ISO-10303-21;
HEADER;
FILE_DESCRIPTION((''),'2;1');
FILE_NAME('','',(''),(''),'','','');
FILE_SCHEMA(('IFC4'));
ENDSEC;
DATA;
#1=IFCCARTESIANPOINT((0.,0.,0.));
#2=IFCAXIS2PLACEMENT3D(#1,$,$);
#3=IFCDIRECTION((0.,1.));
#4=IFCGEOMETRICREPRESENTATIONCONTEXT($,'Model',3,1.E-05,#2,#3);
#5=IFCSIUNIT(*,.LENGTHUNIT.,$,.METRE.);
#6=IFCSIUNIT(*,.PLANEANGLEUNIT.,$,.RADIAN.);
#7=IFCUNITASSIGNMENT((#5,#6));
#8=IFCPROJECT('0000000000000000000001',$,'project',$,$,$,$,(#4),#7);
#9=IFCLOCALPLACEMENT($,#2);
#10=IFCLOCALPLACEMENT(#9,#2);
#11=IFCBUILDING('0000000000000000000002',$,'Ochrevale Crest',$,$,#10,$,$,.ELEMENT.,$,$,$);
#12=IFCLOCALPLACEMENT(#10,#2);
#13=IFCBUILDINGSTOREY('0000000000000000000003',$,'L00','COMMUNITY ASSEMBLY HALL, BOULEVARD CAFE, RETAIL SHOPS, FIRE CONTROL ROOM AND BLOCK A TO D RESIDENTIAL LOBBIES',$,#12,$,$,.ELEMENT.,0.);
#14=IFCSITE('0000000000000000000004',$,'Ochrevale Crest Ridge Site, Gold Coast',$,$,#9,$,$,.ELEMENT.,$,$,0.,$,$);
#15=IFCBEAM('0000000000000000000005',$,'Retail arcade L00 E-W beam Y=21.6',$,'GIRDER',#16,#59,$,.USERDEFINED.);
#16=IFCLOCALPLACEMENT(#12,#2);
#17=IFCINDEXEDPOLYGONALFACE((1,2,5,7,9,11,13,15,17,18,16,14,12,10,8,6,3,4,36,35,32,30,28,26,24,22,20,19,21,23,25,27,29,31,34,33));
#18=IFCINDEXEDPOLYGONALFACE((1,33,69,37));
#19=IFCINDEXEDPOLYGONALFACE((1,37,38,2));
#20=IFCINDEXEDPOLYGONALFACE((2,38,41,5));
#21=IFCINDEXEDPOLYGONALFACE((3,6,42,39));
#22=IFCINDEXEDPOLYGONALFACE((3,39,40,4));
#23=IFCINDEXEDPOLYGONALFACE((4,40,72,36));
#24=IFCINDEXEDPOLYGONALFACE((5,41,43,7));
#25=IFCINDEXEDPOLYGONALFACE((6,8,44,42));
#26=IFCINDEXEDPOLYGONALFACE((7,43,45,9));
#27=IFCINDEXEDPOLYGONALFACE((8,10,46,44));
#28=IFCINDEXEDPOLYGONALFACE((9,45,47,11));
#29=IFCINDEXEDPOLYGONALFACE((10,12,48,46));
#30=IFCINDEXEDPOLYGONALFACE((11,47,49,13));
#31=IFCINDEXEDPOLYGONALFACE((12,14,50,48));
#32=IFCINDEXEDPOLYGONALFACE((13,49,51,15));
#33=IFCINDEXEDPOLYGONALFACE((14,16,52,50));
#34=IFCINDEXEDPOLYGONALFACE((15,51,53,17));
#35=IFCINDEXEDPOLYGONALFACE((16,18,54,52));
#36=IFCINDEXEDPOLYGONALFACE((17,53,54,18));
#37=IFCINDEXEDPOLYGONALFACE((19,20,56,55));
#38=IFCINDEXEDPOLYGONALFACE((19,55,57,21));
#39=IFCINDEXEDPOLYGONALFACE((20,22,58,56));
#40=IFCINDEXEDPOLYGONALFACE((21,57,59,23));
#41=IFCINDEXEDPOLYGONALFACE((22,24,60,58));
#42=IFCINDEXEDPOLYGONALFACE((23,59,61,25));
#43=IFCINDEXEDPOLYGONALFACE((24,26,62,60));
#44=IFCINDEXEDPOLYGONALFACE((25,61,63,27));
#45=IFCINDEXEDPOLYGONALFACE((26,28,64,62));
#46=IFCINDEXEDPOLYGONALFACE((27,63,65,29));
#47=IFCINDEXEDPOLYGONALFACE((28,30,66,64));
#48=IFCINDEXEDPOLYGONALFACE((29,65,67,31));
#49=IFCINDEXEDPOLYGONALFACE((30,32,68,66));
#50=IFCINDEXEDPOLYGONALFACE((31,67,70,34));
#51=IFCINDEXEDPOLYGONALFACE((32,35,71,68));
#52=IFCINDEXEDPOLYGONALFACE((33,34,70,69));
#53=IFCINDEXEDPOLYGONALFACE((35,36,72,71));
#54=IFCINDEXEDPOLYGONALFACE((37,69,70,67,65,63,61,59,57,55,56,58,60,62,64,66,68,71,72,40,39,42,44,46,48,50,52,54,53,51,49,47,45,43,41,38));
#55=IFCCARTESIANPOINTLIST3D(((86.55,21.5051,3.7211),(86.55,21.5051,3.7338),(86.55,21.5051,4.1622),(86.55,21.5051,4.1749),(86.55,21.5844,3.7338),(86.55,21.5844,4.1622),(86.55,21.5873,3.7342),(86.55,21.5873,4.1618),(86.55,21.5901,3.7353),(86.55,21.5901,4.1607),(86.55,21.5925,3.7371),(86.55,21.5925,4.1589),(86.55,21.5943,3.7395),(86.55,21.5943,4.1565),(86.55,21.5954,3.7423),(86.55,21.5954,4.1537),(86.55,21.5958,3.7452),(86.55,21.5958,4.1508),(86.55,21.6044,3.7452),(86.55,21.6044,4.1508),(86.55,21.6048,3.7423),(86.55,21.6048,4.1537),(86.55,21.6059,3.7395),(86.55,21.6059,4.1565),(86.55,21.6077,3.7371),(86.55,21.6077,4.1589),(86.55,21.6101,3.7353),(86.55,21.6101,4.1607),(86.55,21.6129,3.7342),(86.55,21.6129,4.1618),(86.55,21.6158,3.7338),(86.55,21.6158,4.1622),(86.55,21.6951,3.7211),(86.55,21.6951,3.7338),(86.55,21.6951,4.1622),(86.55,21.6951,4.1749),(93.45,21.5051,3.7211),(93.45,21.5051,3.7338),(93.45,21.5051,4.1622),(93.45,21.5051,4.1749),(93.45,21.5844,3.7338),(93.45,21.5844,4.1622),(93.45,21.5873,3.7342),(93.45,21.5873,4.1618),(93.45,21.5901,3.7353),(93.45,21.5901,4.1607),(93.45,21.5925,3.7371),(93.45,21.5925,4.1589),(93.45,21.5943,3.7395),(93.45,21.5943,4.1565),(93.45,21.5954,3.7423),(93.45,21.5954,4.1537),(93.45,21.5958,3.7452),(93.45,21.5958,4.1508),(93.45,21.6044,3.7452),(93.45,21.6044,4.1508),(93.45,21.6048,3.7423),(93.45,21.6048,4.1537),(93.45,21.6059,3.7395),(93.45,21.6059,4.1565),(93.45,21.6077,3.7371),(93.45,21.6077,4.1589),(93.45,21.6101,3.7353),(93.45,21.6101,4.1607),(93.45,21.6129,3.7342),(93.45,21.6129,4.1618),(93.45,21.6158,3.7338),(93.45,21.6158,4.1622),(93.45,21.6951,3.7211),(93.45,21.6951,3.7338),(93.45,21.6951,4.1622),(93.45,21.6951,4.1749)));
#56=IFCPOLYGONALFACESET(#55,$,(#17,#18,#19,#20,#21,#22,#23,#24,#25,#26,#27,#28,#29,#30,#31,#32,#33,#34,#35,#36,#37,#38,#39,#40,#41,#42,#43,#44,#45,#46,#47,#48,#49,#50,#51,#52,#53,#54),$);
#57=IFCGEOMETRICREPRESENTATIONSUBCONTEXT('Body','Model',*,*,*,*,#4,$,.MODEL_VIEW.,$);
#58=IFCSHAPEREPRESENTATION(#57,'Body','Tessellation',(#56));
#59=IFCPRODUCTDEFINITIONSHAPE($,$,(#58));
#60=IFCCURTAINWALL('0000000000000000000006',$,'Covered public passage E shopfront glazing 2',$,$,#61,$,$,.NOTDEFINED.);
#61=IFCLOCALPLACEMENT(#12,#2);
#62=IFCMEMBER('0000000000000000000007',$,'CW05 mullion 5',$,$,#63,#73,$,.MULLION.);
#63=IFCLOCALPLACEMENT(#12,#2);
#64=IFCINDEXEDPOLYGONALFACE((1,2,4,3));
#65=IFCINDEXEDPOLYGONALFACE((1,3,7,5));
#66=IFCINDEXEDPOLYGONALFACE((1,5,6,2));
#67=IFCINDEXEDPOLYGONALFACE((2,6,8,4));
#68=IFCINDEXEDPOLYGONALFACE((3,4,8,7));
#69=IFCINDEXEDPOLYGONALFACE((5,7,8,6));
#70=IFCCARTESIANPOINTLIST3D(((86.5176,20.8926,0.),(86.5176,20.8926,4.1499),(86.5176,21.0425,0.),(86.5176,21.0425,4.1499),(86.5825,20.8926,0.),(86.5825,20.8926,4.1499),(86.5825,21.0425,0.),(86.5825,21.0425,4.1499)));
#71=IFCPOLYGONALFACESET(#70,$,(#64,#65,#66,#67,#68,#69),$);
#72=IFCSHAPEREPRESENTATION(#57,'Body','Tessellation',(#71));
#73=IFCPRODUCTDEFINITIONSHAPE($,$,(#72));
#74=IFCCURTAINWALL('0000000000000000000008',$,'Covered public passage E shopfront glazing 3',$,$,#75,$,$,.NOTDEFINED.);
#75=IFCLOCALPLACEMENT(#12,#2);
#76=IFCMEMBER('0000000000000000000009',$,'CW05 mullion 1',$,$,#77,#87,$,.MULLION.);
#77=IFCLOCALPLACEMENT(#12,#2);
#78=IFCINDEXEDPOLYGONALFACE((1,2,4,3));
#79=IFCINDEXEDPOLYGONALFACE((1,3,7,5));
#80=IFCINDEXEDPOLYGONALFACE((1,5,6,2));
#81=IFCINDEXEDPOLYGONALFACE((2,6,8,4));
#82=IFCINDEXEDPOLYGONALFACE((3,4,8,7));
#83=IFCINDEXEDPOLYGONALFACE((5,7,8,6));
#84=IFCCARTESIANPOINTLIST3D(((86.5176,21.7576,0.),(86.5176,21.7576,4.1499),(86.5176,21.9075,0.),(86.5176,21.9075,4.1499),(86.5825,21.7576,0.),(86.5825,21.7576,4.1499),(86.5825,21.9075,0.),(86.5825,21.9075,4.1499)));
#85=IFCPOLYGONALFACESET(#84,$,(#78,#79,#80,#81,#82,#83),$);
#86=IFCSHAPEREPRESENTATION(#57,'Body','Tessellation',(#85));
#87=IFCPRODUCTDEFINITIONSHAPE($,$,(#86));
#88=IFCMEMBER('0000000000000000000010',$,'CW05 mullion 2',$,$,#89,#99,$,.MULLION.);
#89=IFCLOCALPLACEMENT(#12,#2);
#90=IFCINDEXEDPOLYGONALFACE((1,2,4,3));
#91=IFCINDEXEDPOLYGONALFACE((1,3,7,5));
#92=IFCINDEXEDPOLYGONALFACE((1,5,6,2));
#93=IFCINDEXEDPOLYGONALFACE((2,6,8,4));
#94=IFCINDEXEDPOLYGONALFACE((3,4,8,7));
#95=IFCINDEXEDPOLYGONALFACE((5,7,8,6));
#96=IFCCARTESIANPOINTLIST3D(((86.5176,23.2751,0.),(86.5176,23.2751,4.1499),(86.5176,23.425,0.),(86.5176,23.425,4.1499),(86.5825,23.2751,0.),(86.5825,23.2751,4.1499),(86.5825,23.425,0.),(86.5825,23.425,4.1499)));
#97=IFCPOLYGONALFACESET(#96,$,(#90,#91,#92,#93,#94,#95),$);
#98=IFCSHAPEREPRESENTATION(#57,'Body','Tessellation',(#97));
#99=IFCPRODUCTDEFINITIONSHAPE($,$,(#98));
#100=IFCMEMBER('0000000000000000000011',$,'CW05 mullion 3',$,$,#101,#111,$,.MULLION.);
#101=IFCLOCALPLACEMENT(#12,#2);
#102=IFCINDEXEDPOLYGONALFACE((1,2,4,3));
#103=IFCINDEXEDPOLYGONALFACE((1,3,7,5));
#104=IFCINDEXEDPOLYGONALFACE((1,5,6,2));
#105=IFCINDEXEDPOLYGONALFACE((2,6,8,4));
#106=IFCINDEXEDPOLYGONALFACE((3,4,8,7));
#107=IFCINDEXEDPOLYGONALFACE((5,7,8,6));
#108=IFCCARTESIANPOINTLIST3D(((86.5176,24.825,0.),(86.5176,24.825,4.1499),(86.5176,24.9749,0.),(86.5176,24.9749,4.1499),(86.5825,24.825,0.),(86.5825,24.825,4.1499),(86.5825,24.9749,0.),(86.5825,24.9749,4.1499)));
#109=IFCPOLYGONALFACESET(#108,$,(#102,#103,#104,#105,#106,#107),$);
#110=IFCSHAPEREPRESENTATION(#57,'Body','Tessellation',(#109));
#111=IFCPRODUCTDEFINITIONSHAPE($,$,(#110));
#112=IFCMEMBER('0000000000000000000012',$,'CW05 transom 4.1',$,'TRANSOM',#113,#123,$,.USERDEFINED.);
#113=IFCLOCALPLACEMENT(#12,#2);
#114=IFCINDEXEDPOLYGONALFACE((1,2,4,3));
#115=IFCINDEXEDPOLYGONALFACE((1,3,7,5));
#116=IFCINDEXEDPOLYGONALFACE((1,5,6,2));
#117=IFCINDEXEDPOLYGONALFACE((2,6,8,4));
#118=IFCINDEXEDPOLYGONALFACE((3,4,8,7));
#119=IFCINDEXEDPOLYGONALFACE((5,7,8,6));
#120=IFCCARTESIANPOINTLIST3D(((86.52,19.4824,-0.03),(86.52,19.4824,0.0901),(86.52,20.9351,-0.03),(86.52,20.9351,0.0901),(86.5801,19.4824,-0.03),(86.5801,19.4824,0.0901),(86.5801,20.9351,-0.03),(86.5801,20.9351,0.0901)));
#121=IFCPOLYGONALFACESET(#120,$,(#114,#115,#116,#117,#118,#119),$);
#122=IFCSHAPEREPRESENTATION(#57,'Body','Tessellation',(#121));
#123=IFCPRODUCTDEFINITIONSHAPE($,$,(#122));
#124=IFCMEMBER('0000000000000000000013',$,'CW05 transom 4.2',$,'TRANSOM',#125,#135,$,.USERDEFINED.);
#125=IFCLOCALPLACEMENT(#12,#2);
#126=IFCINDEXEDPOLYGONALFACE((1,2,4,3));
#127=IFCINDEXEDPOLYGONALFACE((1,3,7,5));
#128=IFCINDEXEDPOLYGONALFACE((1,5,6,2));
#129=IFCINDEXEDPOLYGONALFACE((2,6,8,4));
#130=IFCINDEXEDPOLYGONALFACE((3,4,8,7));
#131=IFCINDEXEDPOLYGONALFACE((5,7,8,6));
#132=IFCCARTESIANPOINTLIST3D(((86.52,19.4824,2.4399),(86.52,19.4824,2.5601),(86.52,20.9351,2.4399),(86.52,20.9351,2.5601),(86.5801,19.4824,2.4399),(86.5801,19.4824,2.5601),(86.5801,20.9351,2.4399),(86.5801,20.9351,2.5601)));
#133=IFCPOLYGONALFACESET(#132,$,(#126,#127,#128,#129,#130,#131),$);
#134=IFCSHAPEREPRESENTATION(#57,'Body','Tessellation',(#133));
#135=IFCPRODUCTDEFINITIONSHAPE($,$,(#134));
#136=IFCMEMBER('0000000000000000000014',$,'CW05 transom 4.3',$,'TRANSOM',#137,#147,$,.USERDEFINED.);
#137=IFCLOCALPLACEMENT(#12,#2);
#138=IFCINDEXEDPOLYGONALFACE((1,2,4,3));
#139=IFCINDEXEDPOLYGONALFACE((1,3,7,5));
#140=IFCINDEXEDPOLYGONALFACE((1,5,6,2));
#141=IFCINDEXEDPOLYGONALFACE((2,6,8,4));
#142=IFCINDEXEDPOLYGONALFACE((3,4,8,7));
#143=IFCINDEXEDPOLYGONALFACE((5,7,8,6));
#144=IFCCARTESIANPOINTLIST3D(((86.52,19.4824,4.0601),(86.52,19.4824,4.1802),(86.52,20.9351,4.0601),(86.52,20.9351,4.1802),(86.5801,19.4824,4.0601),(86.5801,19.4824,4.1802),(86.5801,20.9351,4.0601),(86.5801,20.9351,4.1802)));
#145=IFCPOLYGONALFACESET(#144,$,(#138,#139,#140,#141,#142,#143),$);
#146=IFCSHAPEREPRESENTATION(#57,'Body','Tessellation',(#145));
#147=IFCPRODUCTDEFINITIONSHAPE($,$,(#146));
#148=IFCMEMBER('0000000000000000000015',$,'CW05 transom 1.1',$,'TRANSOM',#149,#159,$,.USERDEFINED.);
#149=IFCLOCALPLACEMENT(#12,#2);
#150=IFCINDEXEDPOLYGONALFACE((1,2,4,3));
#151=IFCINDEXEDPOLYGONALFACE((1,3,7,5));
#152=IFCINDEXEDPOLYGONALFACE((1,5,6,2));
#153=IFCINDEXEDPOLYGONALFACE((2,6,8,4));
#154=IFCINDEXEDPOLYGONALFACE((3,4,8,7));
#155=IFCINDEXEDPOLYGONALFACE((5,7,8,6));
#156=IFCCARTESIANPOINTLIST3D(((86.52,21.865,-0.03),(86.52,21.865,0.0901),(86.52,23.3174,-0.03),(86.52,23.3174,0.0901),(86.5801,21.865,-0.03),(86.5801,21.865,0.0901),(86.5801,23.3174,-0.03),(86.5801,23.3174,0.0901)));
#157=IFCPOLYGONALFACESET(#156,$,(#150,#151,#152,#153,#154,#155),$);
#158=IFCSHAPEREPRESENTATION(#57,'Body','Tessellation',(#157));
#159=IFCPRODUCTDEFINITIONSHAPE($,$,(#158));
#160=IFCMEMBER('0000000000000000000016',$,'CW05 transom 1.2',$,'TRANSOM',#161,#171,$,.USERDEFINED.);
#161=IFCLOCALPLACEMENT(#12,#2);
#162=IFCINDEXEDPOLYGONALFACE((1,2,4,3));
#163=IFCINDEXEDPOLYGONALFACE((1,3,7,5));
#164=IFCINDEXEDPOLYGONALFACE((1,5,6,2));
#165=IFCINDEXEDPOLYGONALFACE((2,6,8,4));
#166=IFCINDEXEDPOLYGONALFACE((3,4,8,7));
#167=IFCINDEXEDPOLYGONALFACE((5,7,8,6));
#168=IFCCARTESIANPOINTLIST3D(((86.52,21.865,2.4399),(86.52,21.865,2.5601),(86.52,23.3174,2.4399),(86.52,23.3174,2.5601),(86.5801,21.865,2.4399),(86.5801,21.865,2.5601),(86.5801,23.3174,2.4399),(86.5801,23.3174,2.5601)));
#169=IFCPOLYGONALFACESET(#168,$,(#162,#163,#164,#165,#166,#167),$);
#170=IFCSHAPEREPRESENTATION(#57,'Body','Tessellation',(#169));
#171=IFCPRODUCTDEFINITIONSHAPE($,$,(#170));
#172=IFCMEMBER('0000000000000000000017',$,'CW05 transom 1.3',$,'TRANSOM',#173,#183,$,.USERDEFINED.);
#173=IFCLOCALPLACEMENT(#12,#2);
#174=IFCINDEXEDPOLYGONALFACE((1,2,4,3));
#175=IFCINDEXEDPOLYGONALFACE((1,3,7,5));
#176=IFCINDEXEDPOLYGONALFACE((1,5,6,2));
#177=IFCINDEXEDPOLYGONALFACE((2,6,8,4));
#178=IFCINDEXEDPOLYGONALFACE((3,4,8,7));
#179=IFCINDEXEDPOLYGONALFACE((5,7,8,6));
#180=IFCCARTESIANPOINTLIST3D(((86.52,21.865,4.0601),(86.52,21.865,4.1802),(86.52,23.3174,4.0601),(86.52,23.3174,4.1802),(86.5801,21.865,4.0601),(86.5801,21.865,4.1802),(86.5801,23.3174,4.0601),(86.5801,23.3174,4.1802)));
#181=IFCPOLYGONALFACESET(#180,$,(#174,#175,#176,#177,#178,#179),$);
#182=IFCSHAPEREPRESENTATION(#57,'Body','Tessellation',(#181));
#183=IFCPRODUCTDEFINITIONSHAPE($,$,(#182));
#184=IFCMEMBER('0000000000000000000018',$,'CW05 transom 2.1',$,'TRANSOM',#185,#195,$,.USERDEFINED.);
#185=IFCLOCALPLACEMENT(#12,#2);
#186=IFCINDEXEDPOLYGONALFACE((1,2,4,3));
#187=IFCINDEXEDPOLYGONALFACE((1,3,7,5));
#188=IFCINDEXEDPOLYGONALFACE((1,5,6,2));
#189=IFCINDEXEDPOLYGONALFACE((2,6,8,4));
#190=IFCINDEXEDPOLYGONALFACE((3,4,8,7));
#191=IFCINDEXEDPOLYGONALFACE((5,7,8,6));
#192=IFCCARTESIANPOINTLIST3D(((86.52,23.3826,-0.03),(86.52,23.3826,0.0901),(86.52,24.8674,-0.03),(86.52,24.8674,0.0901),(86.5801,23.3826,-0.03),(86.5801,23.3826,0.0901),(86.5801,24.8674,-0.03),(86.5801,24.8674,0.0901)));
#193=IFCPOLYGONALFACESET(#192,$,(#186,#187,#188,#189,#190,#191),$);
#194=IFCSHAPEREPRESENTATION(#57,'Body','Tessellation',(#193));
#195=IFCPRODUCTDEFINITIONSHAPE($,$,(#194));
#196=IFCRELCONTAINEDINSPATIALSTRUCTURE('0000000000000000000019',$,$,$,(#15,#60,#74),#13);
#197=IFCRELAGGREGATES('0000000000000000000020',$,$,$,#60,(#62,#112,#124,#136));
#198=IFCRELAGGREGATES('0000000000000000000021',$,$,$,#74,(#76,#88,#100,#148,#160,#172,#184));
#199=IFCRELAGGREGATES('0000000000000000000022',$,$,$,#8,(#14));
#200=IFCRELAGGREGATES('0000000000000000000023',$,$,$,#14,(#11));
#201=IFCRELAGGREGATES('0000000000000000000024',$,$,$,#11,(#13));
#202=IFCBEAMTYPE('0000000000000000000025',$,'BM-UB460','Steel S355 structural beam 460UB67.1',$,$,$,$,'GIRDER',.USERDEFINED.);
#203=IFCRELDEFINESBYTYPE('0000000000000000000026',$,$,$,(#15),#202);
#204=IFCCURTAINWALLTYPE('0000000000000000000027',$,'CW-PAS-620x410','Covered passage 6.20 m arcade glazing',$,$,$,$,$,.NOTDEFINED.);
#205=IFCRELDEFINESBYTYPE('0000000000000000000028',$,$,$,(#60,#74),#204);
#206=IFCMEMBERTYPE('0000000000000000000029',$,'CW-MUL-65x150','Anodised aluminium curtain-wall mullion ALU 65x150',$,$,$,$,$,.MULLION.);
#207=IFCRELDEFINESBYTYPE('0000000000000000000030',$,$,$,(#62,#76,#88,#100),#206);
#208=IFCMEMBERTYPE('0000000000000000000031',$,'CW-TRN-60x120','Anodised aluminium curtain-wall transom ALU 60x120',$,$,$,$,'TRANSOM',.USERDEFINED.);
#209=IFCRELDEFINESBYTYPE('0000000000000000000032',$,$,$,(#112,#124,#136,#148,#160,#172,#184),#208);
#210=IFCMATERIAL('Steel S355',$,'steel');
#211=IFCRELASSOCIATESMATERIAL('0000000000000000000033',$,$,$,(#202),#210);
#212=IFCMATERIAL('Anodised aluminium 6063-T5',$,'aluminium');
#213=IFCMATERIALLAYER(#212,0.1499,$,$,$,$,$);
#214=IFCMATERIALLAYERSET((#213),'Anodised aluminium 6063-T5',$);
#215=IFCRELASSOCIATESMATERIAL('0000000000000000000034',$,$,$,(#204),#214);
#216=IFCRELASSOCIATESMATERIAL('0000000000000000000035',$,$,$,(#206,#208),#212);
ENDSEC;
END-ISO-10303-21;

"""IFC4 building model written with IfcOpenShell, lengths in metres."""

from ifc_helpers import new_model, si_unit, direction, frame, origin, origin_2d, place, context, subcontext, project, spatial, rectangle, i_section, extrude, material, layer, layer_set, material_profile, profile_set, type_object, element, aggregate, save


model = new_model("IFC4")

# Units and contexts
model_context = context("Model", 3, precision=1e-05, world=origin(), true_north=direction((0.0, 1.0)))
body_context = subcontext(model_context, "Body", "Model", "MODEL_VIEW")
ifc_project = project(units=[si_unit("LENGTHUNIT", "METRE"), si_unit("PLANEANGLEUNIT", "RADIAN")], contexts=[model_context])

# Site, building, storey
site_placement = place(None, origin())
site = spatial("IfcSite", under=ifc_project, at=site_placement, Name="Ochrevale Crest Ridge Site, Gold Coast", CompositionType="ELEMENT", RefElevation=0.0)
building_placement = place(site_placement, origin())
building = spatial("IfcBuilding", under=site, at=building_placement, Name="Ochrevale Crest", CompositionType="ELEMENT")
storey_placement = place(building_placement, origin())
storey = spatial("IfcBuildingStorey", under=building, at=storey_placement, Name="L00", Description="COMMUNITY ASSEMBLY HALL, BOULEVARD CAFE, RETAIL SHOPS, FIRE CONTROL ROOM AND BLOCK A TO D RESIDENTIAL LOBBIES", CompositionType="ELEMENT", Elevation=0.0)

# Beam
ifc_material_1 = material(Name="Steel S355", Category="steel")
ifc_material_profile_1 = material_profile(ifc_material_1, i_section(OverallWidth=0.1899, OverallDepth=0.4539, WebThickness=0.0085, FlangeThickness=0.0127, FilletRadius=0.0115, at=origin_2d()), Name="460UB67.1")
ifc_profile_set_1 = profile_set([ifc_material_profile_1], Name="Steel S355")
beam_type = type_object("IfcBeamType", Name="BM-UB460", Description="Steel S355 structural beam 460UB67.1", ElementType="GIRDER", PredefinedType="USERDEFINED", material=ifc_profile_set_1)
beam_placement = place(storey_placement, frame((86.55, 21.6001, 3.948), z_axis=(1.0, 0.0, 0.0), x_axis=(0.0, 1.0, 0.0)))
element("IfcBeam", 1, at=beam_placement, inside=storey, type_object=beam_type, Name="Retail arcade L00 E-W beam Y=21.6", ObjectType="GIRDER", PredefinedType="USERDEFINED", context=body_context, shape_type="SweptSolid", body=[
    extrude(i_section(OverallWidth=0.1899, OverallDepth=0.4539, WebThickness=0.0085, FlangeThickness=0.0127, FilletRadius=0.0115, at=origin_2d()), origin(), (0.0, 0.0, 1.0), 6.8999),
])

# Curtain wall, member
ifc_material_2 = material(Name="Anodised aluminium 6063-T5", Category="aluminium")
ifc_layer_1 = layer(ifc_material_2, 0.1499)
ifc_layer_set_1 = layer_set([ifc_layer_1], Name="Anodised aluminium 6063-T5")
curtain_wall_type = type_object("IfcCurtainWallType", Name="CW-PAS-620x410", Description="Covered passage 6.20 m arcade glazing", PredefinedType="NOTDEFINED", material=ifc_layer_set_1)
curtain_wall_1_placement = place(storey_placement, origin())
curtain_wall_1 = element("IfcCurtainWall", 2, at=curtain_wall_1_placement, inside=storey, type_object=curtain_wall_type, Name="Covered public passage E shopfront glazing 2", PredefinedType="NOTDEFINED")
ifc_material_profile_2 = material_profile(ifc_material_2, rectangle(XDim=0.0649, YDim=0.1499, at=origin_2d()), Name="ALU 65x150")
ifc_profile_set_2 = profile_set([ifc_material_profile_2], Name="Anodised aluminium 6063-T5")
member_type_1 = type_object("IfcMemberType", Name="CW-MUL-65x150", Description="Anodised aluminium curtain-wall mullion ALU 65x150", PredefinedType="MULLION", material=ifc_profile_set_2)
member_1_placement = place(storey_placement, frame((86.55, 20.9675, 0.0), z_axis=(0.0, 0.0, 1.0), x_axis=(-1.0, 0.0, 0.0)))
member_1 = element("IfcMember", 3, at=member_1_placement, type_object=member_type_1, Name="CW05 mullion 5", PredefinedType="MULLION", context=body_context, shape_type="SweptSolid", body=[
    extrude(rectangle(XDim=0.0649, YDim=0.1499, at=origin_2d()), origin(), (0.0, 0.0, 1.0), 4.1499),
])

# Curtain wall, members
curtain_wall_2_placement = place(storey_placement, origin())
curtain_wall_2 = element("IfcCurtainWall", 4, at=curtain_wall_2_placement, inside=storey, type_object=curtain_wall_type, Name="Covered public passage E shopfront glazing 3", PredefinedType="NOTDEFINED")
member_2_placement = place(storey_placement, frame((86.55, 21.8325, 0.0), z_axis=(0.0, 0.0, 1.0), x_axis=(-1.0, 0.0, 0.0)))
member_2 = element("IfcMember", 5, at=member_2_placement, type_object=member_type_1, Name="CW05 mullion 1", PredefinedType="MULLION", context=body_context, shape_type="SweptSolid", body=[
    extrude(rectangle(XDim=0.0649, YDim=0.1499, at=origin_2d()), origin(), (0.0, 0.0, 1.0), 4.1499),
])
member_3_placement = place(storey_placement, frame((86.55, 23.3501, 0.0), z_axis=(0.0, 0.0, 1.0), x_axis=(-1.0, 0.0, 0.0)))
member_3 = element("IfcMember", 6, at=member_3_placement, type_object=member_type_1, Name="CW05 mullion 2", PredefinedType="MULLION", context=body_context, shape_type="SweptSolid", body=[
    extrude(rectangle(XDim=0.0649, YDim=0.1499, at=origin_2d()), origin(), (0.0, 0.0, 1.0), 4.1499),
])
member_4_placement = place(storey_placement, frame((86.55, 24.8999, 0.0), z_axis=(0.0, 0.0, 1.0), x_axis=(-1.0, 0.0, 0.0)))
member_4 = element("IfcMember", 7, at=member_4_placement, type_object=member_type_1, Name="CW05 mullion 3", PredefinedType="MULLION", context=body_context, shape_type="SweptSolid", body=[
    extrude(rectangle(XDim=0.0649, YDim=0.1499, at=origin_2d()), origin(), (0.0, 0.0, 1.0), 4.1499),
])

# Members
ifc_material_profile_3 = material_profile(ifc_material_2, rectangle(XDim=0.0601, YDim=0.1201, at=origin_2d()), Name="ALU 60x120")
ifc_profile_set_3 = profile_set([ifc_material_profile_3], Name="Anodised aluminium 6063-T5")
member_type_2 = type_object("IfcMemberType", Name="CW-TRN-60x120", Description="Anodised aluminium curtain-wall transom ALU 60x120", ElementType="TRANSOM", PredefinedType="USERDEFINED", material=ifc_profile_set_3)
member_5_placement = place(storey_placement, frame((86.55, 19.4824, 0.03), z_axis=(0.0, 1.0, 0.0), x_axis=(-1.0, 0.0, 0.0)))
member_5 = element("IfcMember", 8, at=member_5_placement, type_object=member_type_2, Name="CW05 transom 4.1", ObjectType="TRANSOM", PredefinedType="USERDEFINED", context=body_context, shape_type="SweptSolid", body=[
    extrude(rectangle(XDim=0.0601, YDim=0.1201, at=origin_2d()), origin(), (0.0, 0.0, 1.0), 1.4526),
])
member_6_placement = place(storey_placement, frame((86.55, 19.4824, 2.5), z_axis=(0.0, 1.0, 0.0), x_axis=(-1.0, 0.0, 0.0)))
member_6 = element("IfcMember", 9, at=member_6_placement, type_object=member_type_2, Name="CW05 transom 4.2", ObjectType="TRANSOM", PredefinedType="USERDEFINED", context=body_context, shape_type="SweptSolid", body=[
    extrude(rectangle(XDim=0.0601, YDim=0.1201, at=origin_2d()), origin(), (0.0, 0.0, 1.0), 1.4526),
])
member_7_placement = place(storey_placement, frame((86.55, 19.4824, 4.1201), z_axis=(0.0, 1.0, 0.0), x_axis=(-1.0, 0.0, 0.0)))
member_7 = element("IfcMember", 10, at=member_7_placement, type_object=member_type_2, Name="CW05 transom 4.3", ObjectType="TRANSOM", PredefinedType="USERDEFINED", context=body_context, shape_type="SweptSolid", body=[
    extrude(rectangle(XDim=0.0601, YDim=0.1201, at=origin_2d()), origin(), (0.0, 0.0, 1.0), 1.4526),
])
member_8_placement = place(storey_placement, frame((86.55, 21.865, 0.03), z_axis=(0.0, 1.0, 0.0), x_axis=(-1.0, 0.0, 0.0)))
member_8 = element("IfcMember", 11, at=member_8_placement, type_object=member_type_2, Name="CW05 transom 1.1", ObjectType="TRANSOM", PredefinedType="USERDEFINED", context=body_context, shape_type="SweptSolid", body=[
    extrude(rectangle(XDim=0.0601, YDim=0.1201, at=origin_2d()), origin(), (0.0, 0.0, 1.0), 1.4524),
])
member_9_placement = place(storey_placement, frame((86.55, 21.865, 2.5), z_axis=(0.0, 1.0, 0.0), x_axis=(-1.0, 0.0, 0.0)))
member_9 = element("IfcMember", 12, at=member_9_placement, type_object=member_type_2, Name="CW05 transom 1.2", ObjectType="TRANSOM", PredefinedType="USERDEFINED", context=body_context, shape_type="SweptSolid", body=[
    extrude(rectangle(XDim=0.0601, YDim=0.1201, at=origin_2d()), origin(), (0.0, 0.0, 1.0), 1.4524),
])
member_10_placement = place(storey_placement, frame((86.55, 21.865, 4.1201), z_axis=(0.0, 1.0, 0.0), x_axis=(-1.0, 0.0, 0.0)))
member_10 = element("IfcMember", 13, at=member_10_placement, type_object=member_type_2, Name="CW05 transom 1.3", ObjectType="TRANSOM", PredefinedType="USERDEFINED", context=body_context, shape_type="SweptSolid", body=[
    extrude(rectangle(XDim=0.0601, YDim=0.1201, at=origin_2d()), origin(), (0.0, 0.0, 1.0), 1.4524),
])
member_11_placement = place(storey_placement, frame((86.55, 23.3826, 0.03), z_axis=(0.0, 1.0, 0.0), x_axis=(-1.0, 0.0, 0.0)))
member_11 = element("IfcMember", 14, at=member_11_placement, type_object=member_type_2, Name="CW05 transom 2.1", ObjectType="TRANSOM", PredefinedType="USERDEFINED", context=body_context, shape_type="SweptSolid", body=[
    extrude(rectangle(XDim=0.0601, YDim=0.1201, at=origin_2d()), origin(), (0.0, 0.0, 1.0), 1.4849),
])

aggregate(curtain_wall_1, [member_1, member_5, member_6, member_7])
aggregate(curtain_wall_2, [member_2, member_3, member_4, member_8, member_9, member_10, member_11])

save(model, "model.ifc")
